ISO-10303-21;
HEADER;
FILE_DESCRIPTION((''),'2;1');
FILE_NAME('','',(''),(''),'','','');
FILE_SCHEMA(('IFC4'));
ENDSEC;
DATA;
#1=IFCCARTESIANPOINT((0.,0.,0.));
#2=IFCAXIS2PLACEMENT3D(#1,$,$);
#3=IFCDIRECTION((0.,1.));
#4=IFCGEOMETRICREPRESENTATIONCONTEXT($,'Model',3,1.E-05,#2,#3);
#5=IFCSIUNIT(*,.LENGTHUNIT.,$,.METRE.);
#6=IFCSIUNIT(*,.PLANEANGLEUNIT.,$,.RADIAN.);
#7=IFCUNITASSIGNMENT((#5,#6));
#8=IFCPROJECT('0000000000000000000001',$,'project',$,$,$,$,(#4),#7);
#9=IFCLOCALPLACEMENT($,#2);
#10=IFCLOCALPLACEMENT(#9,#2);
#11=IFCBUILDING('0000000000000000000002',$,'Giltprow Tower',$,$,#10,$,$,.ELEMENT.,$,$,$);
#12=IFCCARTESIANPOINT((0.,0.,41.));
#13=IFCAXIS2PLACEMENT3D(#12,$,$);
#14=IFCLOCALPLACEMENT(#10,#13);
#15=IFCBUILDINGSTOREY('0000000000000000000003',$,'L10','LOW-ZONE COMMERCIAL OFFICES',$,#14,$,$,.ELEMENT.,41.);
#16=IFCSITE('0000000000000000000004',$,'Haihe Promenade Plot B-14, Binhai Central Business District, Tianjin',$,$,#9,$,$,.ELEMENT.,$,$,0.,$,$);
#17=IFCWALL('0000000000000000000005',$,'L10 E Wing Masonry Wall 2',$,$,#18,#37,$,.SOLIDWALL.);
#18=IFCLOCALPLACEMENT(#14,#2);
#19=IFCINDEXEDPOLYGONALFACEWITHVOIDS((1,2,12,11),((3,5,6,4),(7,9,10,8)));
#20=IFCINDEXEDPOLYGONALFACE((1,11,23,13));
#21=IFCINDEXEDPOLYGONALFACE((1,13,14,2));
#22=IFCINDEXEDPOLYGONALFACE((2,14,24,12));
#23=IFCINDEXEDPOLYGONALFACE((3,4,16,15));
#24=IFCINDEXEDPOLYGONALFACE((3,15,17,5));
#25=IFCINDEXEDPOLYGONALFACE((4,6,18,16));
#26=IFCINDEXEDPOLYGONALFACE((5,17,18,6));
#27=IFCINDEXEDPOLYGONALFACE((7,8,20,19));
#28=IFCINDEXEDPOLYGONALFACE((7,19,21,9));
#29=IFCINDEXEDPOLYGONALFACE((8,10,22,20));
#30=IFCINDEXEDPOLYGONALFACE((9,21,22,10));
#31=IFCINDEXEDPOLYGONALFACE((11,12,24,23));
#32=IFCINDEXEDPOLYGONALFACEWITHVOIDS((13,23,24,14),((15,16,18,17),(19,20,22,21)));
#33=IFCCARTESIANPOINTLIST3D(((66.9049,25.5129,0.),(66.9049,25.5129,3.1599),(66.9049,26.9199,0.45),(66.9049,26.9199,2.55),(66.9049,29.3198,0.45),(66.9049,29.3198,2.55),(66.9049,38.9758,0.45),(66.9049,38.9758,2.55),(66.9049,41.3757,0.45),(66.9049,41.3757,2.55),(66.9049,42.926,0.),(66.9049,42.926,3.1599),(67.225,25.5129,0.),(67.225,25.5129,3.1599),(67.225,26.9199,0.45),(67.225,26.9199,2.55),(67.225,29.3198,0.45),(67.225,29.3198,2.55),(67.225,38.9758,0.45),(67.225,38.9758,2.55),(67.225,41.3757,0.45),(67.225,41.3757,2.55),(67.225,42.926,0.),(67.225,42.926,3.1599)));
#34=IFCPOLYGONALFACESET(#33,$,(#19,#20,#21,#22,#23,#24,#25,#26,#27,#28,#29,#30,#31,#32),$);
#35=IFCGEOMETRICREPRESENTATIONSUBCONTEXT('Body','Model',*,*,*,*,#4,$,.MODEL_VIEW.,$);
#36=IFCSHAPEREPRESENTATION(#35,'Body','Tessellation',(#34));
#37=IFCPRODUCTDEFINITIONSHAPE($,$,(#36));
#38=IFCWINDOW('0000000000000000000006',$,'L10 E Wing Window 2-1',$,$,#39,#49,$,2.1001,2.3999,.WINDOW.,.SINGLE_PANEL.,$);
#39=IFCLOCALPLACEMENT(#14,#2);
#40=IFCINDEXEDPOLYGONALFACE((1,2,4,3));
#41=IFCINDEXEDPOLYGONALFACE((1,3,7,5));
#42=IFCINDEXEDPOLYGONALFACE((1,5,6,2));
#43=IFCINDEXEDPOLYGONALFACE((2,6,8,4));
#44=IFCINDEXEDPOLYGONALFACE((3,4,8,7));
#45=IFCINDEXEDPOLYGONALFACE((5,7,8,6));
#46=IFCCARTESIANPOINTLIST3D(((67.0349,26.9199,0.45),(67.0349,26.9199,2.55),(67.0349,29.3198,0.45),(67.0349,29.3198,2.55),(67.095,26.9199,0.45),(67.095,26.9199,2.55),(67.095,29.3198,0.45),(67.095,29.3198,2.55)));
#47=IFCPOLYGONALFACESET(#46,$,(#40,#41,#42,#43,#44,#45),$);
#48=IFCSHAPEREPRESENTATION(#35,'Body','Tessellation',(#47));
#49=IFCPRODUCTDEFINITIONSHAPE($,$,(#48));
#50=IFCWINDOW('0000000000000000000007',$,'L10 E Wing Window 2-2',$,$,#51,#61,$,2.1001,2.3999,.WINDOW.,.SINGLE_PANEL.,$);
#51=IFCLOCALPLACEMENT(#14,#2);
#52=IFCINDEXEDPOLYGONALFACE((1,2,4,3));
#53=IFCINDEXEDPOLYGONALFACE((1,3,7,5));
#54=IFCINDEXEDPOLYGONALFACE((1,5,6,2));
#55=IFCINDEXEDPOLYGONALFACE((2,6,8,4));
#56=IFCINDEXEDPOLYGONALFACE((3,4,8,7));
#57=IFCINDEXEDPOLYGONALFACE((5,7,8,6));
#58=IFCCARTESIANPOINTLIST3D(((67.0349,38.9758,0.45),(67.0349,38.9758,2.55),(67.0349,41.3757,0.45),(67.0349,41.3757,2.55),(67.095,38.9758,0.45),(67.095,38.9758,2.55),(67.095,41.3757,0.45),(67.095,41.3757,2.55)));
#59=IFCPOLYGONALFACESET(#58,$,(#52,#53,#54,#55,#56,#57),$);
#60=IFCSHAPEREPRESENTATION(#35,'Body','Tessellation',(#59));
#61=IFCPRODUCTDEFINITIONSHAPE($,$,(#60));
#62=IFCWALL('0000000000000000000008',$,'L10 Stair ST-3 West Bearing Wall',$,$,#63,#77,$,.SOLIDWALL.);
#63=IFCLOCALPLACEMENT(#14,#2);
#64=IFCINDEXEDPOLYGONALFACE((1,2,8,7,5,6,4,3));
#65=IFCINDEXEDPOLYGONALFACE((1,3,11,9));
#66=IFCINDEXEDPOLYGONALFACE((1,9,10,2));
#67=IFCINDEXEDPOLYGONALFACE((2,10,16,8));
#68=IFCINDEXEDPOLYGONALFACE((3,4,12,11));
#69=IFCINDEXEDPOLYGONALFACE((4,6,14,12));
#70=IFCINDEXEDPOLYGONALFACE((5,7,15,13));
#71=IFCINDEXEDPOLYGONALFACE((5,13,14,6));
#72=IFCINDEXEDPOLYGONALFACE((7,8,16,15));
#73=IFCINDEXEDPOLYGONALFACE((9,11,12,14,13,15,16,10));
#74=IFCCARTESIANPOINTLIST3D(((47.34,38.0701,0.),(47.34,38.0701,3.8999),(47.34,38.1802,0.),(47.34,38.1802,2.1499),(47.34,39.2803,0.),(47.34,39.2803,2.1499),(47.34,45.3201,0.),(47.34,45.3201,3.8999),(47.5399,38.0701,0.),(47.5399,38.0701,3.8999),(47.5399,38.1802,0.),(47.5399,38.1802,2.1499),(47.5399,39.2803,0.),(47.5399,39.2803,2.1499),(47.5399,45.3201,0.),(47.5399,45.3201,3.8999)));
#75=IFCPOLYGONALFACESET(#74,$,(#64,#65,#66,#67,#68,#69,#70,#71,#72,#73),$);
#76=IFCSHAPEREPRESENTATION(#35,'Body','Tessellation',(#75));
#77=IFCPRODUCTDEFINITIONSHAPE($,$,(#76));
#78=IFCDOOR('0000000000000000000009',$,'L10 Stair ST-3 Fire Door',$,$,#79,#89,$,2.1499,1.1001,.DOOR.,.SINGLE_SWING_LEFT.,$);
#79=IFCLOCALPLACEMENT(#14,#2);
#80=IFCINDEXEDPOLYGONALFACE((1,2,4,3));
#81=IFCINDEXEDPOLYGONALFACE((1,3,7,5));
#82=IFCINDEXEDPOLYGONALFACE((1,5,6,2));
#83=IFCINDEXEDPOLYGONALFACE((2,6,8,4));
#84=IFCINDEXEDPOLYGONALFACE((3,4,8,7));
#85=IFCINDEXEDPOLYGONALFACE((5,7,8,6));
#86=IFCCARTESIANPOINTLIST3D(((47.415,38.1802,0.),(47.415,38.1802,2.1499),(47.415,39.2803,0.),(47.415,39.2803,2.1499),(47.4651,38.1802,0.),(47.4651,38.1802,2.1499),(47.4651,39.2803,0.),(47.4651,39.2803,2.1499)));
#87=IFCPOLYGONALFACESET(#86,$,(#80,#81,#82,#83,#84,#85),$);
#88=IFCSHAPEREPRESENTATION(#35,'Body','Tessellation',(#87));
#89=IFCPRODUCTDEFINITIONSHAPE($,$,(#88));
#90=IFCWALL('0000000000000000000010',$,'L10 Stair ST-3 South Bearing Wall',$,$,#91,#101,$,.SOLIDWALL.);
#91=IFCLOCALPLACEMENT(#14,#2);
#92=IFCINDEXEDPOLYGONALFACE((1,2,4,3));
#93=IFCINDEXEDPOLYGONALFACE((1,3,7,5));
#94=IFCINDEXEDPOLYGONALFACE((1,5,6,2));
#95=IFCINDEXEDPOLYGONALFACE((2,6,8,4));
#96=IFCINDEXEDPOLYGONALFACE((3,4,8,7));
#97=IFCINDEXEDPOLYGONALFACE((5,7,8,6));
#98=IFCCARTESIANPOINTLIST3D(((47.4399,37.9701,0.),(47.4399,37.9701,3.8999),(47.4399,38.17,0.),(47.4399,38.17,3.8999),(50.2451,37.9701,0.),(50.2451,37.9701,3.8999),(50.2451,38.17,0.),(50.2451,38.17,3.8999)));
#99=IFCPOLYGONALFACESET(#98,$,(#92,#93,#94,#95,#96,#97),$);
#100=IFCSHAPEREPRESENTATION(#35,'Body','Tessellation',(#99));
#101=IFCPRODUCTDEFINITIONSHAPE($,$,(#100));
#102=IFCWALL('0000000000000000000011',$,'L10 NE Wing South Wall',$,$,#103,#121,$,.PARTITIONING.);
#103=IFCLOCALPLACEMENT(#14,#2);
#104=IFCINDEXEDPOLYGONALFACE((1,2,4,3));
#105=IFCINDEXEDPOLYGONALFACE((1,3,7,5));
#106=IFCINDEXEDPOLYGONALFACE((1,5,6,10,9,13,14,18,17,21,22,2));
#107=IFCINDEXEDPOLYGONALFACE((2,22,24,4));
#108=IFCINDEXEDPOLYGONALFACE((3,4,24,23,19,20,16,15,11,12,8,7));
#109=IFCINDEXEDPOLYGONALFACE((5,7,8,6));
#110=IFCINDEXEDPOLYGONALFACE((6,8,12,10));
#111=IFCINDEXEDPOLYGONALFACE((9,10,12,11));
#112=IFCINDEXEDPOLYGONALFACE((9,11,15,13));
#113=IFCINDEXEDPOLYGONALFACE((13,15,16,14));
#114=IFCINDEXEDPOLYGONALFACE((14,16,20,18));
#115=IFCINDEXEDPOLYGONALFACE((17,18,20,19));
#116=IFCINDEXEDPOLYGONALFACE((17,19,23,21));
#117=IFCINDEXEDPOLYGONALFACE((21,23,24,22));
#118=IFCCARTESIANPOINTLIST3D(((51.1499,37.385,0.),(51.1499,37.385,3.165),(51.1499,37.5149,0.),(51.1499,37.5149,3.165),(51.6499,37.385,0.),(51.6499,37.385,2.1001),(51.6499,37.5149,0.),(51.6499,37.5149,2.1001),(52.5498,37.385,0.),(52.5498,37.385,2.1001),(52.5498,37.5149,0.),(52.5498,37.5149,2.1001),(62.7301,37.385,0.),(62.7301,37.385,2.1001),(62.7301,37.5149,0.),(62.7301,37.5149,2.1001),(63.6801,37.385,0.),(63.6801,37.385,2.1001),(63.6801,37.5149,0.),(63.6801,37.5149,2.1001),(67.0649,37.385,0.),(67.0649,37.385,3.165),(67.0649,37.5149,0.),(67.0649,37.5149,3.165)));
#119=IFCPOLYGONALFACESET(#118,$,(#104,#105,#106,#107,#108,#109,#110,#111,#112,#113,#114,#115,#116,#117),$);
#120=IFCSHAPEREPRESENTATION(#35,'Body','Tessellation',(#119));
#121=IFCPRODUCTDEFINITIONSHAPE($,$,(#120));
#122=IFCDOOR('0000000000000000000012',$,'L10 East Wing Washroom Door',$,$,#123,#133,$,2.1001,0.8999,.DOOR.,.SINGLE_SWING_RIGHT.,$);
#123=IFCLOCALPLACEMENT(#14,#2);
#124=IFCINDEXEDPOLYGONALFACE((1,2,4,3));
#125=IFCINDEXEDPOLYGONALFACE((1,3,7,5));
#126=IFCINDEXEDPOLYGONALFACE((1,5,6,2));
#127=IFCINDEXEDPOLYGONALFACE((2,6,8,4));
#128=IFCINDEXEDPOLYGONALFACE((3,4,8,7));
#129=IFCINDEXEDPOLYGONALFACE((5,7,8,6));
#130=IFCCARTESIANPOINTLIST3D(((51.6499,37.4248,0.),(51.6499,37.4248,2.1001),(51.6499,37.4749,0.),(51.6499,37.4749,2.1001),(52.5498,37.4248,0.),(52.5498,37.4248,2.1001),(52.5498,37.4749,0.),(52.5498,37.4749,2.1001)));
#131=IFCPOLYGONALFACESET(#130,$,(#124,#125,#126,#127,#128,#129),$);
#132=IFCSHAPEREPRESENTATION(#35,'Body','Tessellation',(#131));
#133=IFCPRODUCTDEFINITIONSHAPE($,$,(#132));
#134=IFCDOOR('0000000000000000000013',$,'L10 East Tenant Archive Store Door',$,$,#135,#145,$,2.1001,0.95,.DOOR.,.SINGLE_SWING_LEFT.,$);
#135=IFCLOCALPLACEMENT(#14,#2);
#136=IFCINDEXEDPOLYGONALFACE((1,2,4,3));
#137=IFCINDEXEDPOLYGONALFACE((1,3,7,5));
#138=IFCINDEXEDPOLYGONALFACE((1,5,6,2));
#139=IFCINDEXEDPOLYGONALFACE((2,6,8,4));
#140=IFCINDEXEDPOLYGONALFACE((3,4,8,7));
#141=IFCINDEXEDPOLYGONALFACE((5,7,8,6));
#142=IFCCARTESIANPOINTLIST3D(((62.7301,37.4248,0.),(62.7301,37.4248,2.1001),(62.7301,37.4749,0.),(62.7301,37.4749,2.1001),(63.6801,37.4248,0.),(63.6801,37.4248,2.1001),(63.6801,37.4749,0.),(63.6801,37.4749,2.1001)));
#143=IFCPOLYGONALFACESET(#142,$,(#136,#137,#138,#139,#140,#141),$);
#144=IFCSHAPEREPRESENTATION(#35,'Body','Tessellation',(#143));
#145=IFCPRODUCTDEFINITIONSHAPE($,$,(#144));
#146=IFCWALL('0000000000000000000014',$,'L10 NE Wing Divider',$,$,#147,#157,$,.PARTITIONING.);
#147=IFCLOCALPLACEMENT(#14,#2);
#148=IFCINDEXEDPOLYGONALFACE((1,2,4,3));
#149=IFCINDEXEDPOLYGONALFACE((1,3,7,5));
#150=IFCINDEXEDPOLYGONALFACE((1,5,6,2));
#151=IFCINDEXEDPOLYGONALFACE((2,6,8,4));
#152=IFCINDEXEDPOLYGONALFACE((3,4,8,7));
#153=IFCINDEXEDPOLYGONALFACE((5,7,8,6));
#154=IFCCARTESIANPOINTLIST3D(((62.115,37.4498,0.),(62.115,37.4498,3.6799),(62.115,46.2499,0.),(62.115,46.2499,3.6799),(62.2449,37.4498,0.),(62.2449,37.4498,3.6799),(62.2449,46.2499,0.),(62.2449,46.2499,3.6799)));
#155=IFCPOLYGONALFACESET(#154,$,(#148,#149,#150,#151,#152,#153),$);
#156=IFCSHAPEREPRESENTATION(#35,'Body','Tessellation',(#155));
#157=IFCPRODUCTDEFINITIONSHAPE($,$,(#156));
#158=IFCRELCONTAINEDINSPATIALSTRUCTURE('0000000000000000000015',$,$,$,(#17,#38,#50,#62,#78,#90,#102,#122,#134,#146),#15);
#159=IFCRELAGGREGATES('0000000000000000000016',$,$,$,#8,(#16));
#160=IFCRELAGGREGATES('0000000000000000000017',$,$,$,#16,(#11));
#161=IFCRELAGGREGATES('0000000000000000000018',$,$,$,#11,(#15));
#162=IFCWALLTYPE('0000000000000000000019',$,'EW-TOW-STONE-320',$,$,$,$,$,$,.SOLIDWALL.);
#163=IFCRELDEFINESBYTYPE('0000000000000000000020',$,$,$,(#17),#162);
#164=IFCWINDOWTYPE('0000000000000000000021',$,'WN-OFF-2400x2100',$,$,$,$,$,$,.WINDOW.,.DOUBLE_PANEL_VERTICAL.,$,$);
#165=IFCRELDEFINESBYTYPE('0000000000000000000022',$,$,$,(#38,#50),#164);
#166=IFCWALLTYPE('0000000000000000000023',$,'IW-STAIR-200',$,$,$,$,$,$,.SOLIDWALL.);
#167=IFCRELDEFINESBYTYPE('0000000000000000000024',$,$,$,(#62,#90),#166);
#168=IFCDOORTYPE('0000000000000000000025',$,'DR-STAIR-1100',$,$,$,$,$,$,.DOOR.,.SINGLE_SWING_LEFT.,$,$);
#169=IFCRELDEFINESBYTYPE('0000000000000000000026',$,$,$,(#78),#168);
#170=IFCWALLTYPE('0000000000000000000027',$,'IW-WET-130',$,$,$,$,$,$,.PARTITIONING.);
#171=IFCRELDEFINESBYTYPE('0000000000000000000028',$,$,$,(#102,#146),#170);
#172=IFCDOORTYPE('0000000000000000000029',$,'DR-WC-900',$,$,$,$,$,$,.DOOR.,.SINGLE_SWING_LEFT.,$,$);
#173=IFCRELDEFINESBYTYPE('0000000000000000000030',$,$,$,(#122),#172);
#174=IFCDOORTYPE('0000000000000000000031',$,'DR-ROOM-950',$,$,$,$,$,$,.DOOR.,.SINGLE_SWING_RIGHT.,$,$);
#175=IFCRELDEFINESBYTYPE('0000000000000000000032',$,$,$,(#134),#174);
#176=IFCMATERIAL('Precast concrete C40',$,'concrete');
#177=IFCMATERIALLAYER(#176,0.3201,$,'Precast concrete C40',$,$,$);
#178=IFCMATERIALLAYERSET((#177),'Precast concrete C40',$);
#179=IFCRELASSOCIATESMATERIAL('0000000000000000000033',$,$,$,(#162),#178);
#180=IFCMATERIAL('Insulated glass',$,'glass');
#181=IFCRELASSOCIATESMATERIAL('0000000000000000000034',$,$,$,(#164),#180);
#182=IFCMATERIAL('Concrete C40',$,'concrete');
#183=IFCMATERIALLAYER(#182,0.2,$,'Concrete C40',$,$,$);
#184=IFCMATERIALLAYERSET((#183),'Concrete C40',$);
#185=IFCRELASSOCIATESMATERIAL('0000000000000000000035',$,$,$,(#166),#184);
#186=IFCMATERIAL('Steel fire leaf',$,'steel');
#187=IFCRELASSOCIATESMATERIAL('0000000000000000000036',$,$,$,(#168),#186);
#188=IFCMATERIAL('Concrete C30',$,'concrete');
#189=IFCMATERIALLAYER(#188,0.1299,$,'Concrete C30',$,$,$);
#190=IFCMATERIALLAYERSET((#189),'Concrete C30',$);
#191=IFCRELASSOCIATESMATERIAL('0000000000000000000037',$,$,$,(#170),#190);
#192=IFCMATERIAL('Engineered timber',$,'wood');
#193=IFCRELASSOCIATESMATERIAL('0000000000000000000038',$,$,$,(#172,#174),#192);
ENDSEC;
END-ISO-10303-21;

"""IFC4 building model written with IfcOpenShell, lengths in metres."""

from ifc_helpers import new_model, si_unit, direction, frame, frame_2d, origin, place, context, subcontext, project, spatial, rectangle, extrude, source, transform, mapped, material, layer, layer_set, type_object, element, fill, save


model = new_model("IFC4")

# Units and contexts
model_context = context("Model", 3, precision=1e-05, world=origin(), true_north=direction((0.0, 1.0)))
body_context = subcontext(model_context, "Body", "Model", "MODEL_VIEW")
ifc_project = project(units=[si_unit("LENGTHUNIT", "METRE"), si_unit("PLANEANGLEUNIT", "RADIAN")], contexts=[model_context])

# Site, building, storey
site_placement = place(None, origin())
site = spatial("IfcSite", under=ifc_project, at=site_placement, Name="Haihe Promenade Plot B-14, Binhai Central Business District, Tianjin", CompositionType="ELEMENT", RefElevation=0.0)
building_placement = place(site_placement, origin())
building = spatial("IfcBuilding", under=site, at=building_placement, Name="Giltprow Tower", CompositionType="ELEMENT")
storey_placement = place(building_placement, frame((0.0, 0.0, 41.0)))
storey = spatial("IfcBuildingStorey", under=building, at=storey_placement, Name="L10", Description="LOW-ZONE COMMERCIAL OFFICES", CompositionType="ELEMENT", Elevation=41.0)

# Wall, openings, windows
ifc_material_1 = material(Name="Precast concrete C40", Category="concrete")
ifc_layer_1 = layer(ifc_material_1, 0.3201, Name="Precast concrete C40")
ifc_layer_set_1 = layer_set([ifc_layer_1], Name="Precast concrete C40")
wall_type_1 = type_object("IfcWallType", Name="EW-TOW-STONE-320", PredefinedType="SOLIDWALL", material=ifc_layer_set_1)
wall_1_placement = place(storey_placement, frame((67.0649, 25.5129, 0.0), z_axis=(0.0, 0.0, 1.0), x_axis=(0.0, 1.0, 0.0)))
wall_1 = element("IfcWall", 1, at=wall_1_placement, inside=storey, type_object=wall_type_1, Name="L10 E Wing Masonry Wall 2", PredefinedType="SOLIDWALL", context=body_context, shape_type="SweptSolid", body=[
    extrude(rectangle(XDim=17.4131, YDim=0.3201, at=frame_2d((8.7065, 0.0))), origin(), (0.0, 0.0, 1.0), 3.1599),
])
opening_1_placement = place(wall_1_placement, frame((1.407, 0.0, 0.45)))
opening_1 = element("IfcOpeningElement", 2, at=opening_1_placement, cuts=wall_1, PredefinedType="OPENING", context=body_context, shape_type="SweptSolid", body=[
    extrude(rectangle(XDim=2.3999, YDim=2.1001, at=frame_2d((1.2, 1.05))), frame((0.0, 0.1699, 0.0), z_axis=(0.0, -1.0, 0.0), x_axis=(1.0, 0.0, 0.0)), (0.0, 0.0, 1.0), 0.3401),
])
opening_2_placement = place(wall_1_placement, frame((13.4629, 0.0, 0.45)))
opening_2 = element("IfcOpeningElement", 3, at=opening_2_placement, cuts=wall_1, PredefinedType="OPENING", context=body_context, shape_type="SweptSolid", body=[
    extrude(rectangle(XDim=2.3999, YDim=2.1001, at=frame_2d((1.2, 1.05))), frame((0.0, 0.1699, 0.0), z_axis=(0.0, -1.0, 0.0), x_axis=(1.0, 0.0, 0.0)), (0.0, 0.0, 1.0), 0.3401),
])
ifc_material_2 = material(Name="Insulated glass", Category="glass")
window_type = type_object("IfcWindowType", Name="WN-OFF-2400x2100", PartitioningType="DOUBLE_PANEL_VERTICAL", PredefinedType="WINDOW", material=ifc_material_2)
shared_shape_1 = source(origin(), body_context, "Body", "SweptSolid", [
    extrude(rectangle(XDim=2.3999, YDim=2.1001, at=frame_2d((1.2, 1.05))), frame((0.0, 0.03, 0.0), z_axis=(0.0, -1.0, 0.0), x_axis=(1.0, 0.0, 0.0)), (0.0, 0.0, 1.0), 0.0601),
])
window_1_placement = place(opening_1_placement, origin())
window_1 = element("IfcWindow", 4, at=window_1_placement, inside=storey, type_object=window_type, Name="L10 E Wing Window 2-1", OverallHeight=2.1001, OverallWidth=2.3999, PartitioningType="SINGLE_PANEL", PredefinedType="WINDOW", context=body_context, shape_type="MappedRepresentation", body=[
    mapped(shared_shape_1, transform((0.0, 0.0, 0.0), x_axis=(1.0, 0.0, 0.0), y_axis=(0.0, 1.0, 0.0), z_axis=(0.0, 0.0, 1.0), scale=1.0)),
])
fill(opening_1, window_1)
window_2_placement = place(opening_2_placement, origin())
window_2 = element("IfcWindow", 5, at=window_2_placement, inside=storey, type_object=window_type, Name="L10 E Wing Window 2-2", OverallHeight=2.1001, OverallWidth=2.3999, PartitioningType="SINGLE_PANEL", PredefinedType="WINDOW", context=body_context, shape_type="MappedRepresentation", body=[
    mapped(shared_shape_1, transform((0.0, 0.0, 0.0), x_axis=(1.0, 0.0, 0.0), y_axis=(0.0, 1.0, 0.0), z_axis=(0.0, 0.0, 1.0), scale=1.0)),
])
fill(opening_2, window_2)

# Wall, opening, door
ifc_material_3 = material(Name="Concrete C40", Category="concrete")
ifc_layer_2 = layer(ifc_material_3, 0.2, Name="Concrete C40")
ifc_layer_set_2 = layer_set([ifc_layer_2], Name="Concrete C40")
wall_type_2 = type_object("IfcWallType", Name="IW-STAIR-200", PredefinedType="SOLIDWALL", material=ifc_layer_set_2)
wall_2_placement = place(storey_placement, frame((47.4399, 38.0701, 0.0), z_axis=(0.0, 0.0, 1.0), x_axis=(0.0, 1.0, 0.0)))
wall_2 = element("IfcWall", 6, at=wall_2_placement, inside=storey, type_object=wall_type_2, Name="L10 Stair ST-3 West Bearing Wall", PredefinedType="SOLIDWALL", context=body_context, shape_type="SweptSolid", body=[
    extrude(rectangle(XDim=7.25, YDim=0.2, at=frame_2d((3.625, 0.0))), origin(), (0.0, 0.0, 1.0), 3.8999),
])
opening_3_placement = place(wall_2_placement, frame((0.1101, 0.0, 0.0)))
opening_3 = element("IfcOpeningElement", 7, at=opening_3_placement, cuts=wall_2, PredefinedType="OPENING", context=body_context, shape_type="SweptSolid", body=[
    extrude(rectangle(XDim=1.1001, YDim=2.1499, at=frame_2d((0.55, 1.075))), frame((0.0, 0.1099, 0.0), z_axis=(0.0, -1.0, 0.0), x_axis=(1.0, 0.0, 0.0)), (0.0, 0.0, 1.0), 0.22),
])
ifc_material_4 = material(Name="Steel fire leaf", Category="steel")
door_type_1 = type_object("IfcDoorType", Name="DR-STAIR-1100", OperationType="SINGLE_SWING_LEFT", PredefinedType="DOOR", material=ifc_material_4)
shared_shape_2 = source(origin(), body_context, "Body", "SweptSolid", [
    extrude(rectangle(XDim=1.1001, YDim=2.1499, at=frame_2d((0.55, 1.075))), frame((0.0, 0.0249, 0.0), z_axis=(0.0, -1.0, 0.0), x_axis=(1.0, 0.0, 0.0)), (0.0, 0.0, 1.0), 0.05),
])
door_1_placement = place(opening_3_placement, origin())
door_1 = element("IfcDoor", 8, at=door_1_placement, inside=storey, type_object=door_type_1, Name="L10 Stair ST-3 Fire Door", OperationType="SINGLE_SWING_LEFT", OverallHeight=2.1499, OverallWidth=1.1001, PredefinedType="DOOR", context=body_context, shape_type="MappedRepresentation", body=[
    mapped(shared_shape_2, transform((0.0, 0.0, 0.0), x_axis=(1.0, 0.0, 0.0), y_axis=(0.0, 1.0, 0.0), z_axis=(0.0, 0.0, 1.0), scale=1.0)),
])
fill(opening_3, door_1)

# Wall
wall_3_placement = place(storey_placement, frame((47.4399, 38.0701, 0.0), z_axis=(0.0, 0.0, 1.0), x_axis=(1.0, 0.0, 0.0)))
element("IfcWall", 9, at=wall_3_placement, inside=storey, type_object=wall_type_2, Name="L10 Stair ST-3 South Bearing Wall", PredefinedType="SOLIDWALL", context=body_context, shape_type="SweptSolid", body=[
    extrude(rectangle(XDim=2.8052, YDim=0.2, at=frame_2d((1.4026, 0.0))), origin(), (0.0, 0.0, 1.0), 3.8999),
])

# Wall, openings, doors
ifc_material_5 = material(Name="Concrete C30", Category="concrete")
ifc_layer_3 = layer(ifc_material_5, 0.1299, Name="Concrete C30")
ifc_layer_set_3 = layer_set([ifc_layer_3], Name="Concrete C30")
wall_type_3 = type_object("IfcWallType", Name="IW-WET-130", PredefinedType="PARTITIONING", material=ifc_layer_set_3)
wall_4_placement = place(storey_placement, frame((51.1499, 37.45, 0.0), z_axis=(0.0, 0.0, 1.0), x_axis=(1.0, 0.0, 0.0)))
wall_4 = element("IfcWall", 10, at=wall_4_placement, inside=storey, type_object=wall_type_3, Name="L10 NE Wing South Wall", PredefinedType="PARTITIONING", context=body_context, shape_type="SweptSolid", body=[
    extrude(rectangle(XDim=15.915, YDim=0.1299, at=frame_2d((7.9575, 0.0))), origin(), (0.0, 0.0, 1.0), 3.165),
])
opening_4_placement = place(wall_4_placement, frame((0.5, 0.0, 0.0)))
opening_4 = element("IfcOpeningElement", 11, at=opening_4_placement, cuts=wall_4, PredefinedType="OPENING", context=body_context, shape_type="SweptSolid", body=[
    extrude(rectangle(XDim=0.8999, YDim=2.1001, at=frame_2d((0.45, 1.05))), frame((0.0, 0.075, 0.0), z_axis=(0.0, -1.0, 0.0), x_axis=(1.0, 0.0, 0.0)), (0.0, 0.0, 1.0), 0.1499),
])
opening_5_placement = place(wall_4_placement, frame((11.5801, 0.0, 0.0)))
opening_5 = element("IfcOpeningElement", 12, at=opening_5_placement, cuts=wall_4, PredefinedType="OPENING", context=body_context, shape_type="SweptSolid", body=[
    extrude(rectangle(XDim=0.95, YDim=2.1001, at=frame_2d((0.4751, 1.05))), frame((0.0, 0.075, 0.0), z_axis=(0.0, -1.0, 0.0), x_axis=(1.0, 0.0, 0.0)), (0.0, 0.0, 1.0), 0.1499),
])
ifc_material_6 = material(Name="Engineered timber", Category="wood")
door_type_2 = type_object("IfcDoorType", Name="DR-WC-900", OperationType="SINGLE_SWING_LEFT", PredefinedType="DOOR", material=ifc_material_6)
shared_shape_3 = source(origin(), body_context, "Body", "SweptSolid", [
    extrude(rectangle(XDim=0.8999, YDim=2.1001, at=frame_2d((0.45, 1.05))), frame((0.0, 0.0249, 0.0), z_axis=(0.0, -1.0, 0.0), x_axis=(1.0, 0.0, 0.0)), (0.0, 0.0, 1.0), 0.05),
])
door_2_placement = place(opening_4_placement, origin())
door_2 = element("IfcDoor", 13, at=door_2_placement, inside=storey, type_object=door_type_2, Name="L10 East Wing Washroom Door", OperationType="SINGLE_SWING_RIGHT", OverallHeight=2.1001, OverallWidth=0.8999, PredefinedType="DOOR", context=body_context, shape_type="MappedRepresentation", body=[
    mapped(shared_shape_3, transform((0.0, 0.0, 0.0), x_axis=(1.0, 0.0, 0.0), y_axis=(0.0, 1.0, 0.0), z_axis=(0.0, 0.0, 1.0), scale=1.0)),
])
fill(opening_4, door_2)
door_type_3 = type_object("IfcDoorType", Name="DR-ROOM-950", OperationType="SINGLE_SWING_RIGHT", PredefinedType="DOOR", material=ifc_material_6)
shared_shape_4 = source(origin(), body_context, "Body", "SweptSolid", [
    extrude(rectangle(XDim=0.95, YDim=2.1001, at=frame_2d((0.4751, 1.05))), frame((0.0, 0.0249, 0.0), z_axis=(0.0, -1.0, 0.0), x_axis=(1.0, 0.0, 0.0)), (0.0, 0.0, 1.0), 0.05),
])
door_3_placement = place(opening_5_placement, origin())
door_3 = element("IfcDoor", 14, at=door_3_placement, inside=storey, type_object=door_type_3, Name="L10 East Tenant Archive Store Door", OperationType="SINGLE_SWING_LEFT", OverallHeight=2.1001, OverallWidth=0.95, PredefinedType="DOOR", context=body_context, shape_type="MappedRepresentation", body=[
    mapped(shared_shape_4, transform((0.0, 0.0, 0.0), x_axis=(1.0, 0.0, 0.0), y_axis=(0.0, 1.0, 0.0), z_axis=(0.0, 0.0, 1.0), scale=1.0)),
])
fill(opening_5, door_3)

# Wall
wall_5_placement = place(storey_placement, frame((62.1799, 37.45, 0.0), z_axis=(0.0, 0.0, 1.0), x_axis=(0.0, 1.0, 0.0)))
element("IfcWall", 15, at=wall_5_placement, inside=storey, type_object=wall_type_3, Name="L10 NE Wing Divider", PredefinedType="PARTITIONING", context=body_context, shape_type="SweptSolid", body=[
    extrude(rectangle(XDim=8.8, YDim=0.1299, at=frame_2d((4.3999, 0.0))), origin(), (0.0, 0.0, 1.0), 3.6799),
])

save(model, "model.ifc")
